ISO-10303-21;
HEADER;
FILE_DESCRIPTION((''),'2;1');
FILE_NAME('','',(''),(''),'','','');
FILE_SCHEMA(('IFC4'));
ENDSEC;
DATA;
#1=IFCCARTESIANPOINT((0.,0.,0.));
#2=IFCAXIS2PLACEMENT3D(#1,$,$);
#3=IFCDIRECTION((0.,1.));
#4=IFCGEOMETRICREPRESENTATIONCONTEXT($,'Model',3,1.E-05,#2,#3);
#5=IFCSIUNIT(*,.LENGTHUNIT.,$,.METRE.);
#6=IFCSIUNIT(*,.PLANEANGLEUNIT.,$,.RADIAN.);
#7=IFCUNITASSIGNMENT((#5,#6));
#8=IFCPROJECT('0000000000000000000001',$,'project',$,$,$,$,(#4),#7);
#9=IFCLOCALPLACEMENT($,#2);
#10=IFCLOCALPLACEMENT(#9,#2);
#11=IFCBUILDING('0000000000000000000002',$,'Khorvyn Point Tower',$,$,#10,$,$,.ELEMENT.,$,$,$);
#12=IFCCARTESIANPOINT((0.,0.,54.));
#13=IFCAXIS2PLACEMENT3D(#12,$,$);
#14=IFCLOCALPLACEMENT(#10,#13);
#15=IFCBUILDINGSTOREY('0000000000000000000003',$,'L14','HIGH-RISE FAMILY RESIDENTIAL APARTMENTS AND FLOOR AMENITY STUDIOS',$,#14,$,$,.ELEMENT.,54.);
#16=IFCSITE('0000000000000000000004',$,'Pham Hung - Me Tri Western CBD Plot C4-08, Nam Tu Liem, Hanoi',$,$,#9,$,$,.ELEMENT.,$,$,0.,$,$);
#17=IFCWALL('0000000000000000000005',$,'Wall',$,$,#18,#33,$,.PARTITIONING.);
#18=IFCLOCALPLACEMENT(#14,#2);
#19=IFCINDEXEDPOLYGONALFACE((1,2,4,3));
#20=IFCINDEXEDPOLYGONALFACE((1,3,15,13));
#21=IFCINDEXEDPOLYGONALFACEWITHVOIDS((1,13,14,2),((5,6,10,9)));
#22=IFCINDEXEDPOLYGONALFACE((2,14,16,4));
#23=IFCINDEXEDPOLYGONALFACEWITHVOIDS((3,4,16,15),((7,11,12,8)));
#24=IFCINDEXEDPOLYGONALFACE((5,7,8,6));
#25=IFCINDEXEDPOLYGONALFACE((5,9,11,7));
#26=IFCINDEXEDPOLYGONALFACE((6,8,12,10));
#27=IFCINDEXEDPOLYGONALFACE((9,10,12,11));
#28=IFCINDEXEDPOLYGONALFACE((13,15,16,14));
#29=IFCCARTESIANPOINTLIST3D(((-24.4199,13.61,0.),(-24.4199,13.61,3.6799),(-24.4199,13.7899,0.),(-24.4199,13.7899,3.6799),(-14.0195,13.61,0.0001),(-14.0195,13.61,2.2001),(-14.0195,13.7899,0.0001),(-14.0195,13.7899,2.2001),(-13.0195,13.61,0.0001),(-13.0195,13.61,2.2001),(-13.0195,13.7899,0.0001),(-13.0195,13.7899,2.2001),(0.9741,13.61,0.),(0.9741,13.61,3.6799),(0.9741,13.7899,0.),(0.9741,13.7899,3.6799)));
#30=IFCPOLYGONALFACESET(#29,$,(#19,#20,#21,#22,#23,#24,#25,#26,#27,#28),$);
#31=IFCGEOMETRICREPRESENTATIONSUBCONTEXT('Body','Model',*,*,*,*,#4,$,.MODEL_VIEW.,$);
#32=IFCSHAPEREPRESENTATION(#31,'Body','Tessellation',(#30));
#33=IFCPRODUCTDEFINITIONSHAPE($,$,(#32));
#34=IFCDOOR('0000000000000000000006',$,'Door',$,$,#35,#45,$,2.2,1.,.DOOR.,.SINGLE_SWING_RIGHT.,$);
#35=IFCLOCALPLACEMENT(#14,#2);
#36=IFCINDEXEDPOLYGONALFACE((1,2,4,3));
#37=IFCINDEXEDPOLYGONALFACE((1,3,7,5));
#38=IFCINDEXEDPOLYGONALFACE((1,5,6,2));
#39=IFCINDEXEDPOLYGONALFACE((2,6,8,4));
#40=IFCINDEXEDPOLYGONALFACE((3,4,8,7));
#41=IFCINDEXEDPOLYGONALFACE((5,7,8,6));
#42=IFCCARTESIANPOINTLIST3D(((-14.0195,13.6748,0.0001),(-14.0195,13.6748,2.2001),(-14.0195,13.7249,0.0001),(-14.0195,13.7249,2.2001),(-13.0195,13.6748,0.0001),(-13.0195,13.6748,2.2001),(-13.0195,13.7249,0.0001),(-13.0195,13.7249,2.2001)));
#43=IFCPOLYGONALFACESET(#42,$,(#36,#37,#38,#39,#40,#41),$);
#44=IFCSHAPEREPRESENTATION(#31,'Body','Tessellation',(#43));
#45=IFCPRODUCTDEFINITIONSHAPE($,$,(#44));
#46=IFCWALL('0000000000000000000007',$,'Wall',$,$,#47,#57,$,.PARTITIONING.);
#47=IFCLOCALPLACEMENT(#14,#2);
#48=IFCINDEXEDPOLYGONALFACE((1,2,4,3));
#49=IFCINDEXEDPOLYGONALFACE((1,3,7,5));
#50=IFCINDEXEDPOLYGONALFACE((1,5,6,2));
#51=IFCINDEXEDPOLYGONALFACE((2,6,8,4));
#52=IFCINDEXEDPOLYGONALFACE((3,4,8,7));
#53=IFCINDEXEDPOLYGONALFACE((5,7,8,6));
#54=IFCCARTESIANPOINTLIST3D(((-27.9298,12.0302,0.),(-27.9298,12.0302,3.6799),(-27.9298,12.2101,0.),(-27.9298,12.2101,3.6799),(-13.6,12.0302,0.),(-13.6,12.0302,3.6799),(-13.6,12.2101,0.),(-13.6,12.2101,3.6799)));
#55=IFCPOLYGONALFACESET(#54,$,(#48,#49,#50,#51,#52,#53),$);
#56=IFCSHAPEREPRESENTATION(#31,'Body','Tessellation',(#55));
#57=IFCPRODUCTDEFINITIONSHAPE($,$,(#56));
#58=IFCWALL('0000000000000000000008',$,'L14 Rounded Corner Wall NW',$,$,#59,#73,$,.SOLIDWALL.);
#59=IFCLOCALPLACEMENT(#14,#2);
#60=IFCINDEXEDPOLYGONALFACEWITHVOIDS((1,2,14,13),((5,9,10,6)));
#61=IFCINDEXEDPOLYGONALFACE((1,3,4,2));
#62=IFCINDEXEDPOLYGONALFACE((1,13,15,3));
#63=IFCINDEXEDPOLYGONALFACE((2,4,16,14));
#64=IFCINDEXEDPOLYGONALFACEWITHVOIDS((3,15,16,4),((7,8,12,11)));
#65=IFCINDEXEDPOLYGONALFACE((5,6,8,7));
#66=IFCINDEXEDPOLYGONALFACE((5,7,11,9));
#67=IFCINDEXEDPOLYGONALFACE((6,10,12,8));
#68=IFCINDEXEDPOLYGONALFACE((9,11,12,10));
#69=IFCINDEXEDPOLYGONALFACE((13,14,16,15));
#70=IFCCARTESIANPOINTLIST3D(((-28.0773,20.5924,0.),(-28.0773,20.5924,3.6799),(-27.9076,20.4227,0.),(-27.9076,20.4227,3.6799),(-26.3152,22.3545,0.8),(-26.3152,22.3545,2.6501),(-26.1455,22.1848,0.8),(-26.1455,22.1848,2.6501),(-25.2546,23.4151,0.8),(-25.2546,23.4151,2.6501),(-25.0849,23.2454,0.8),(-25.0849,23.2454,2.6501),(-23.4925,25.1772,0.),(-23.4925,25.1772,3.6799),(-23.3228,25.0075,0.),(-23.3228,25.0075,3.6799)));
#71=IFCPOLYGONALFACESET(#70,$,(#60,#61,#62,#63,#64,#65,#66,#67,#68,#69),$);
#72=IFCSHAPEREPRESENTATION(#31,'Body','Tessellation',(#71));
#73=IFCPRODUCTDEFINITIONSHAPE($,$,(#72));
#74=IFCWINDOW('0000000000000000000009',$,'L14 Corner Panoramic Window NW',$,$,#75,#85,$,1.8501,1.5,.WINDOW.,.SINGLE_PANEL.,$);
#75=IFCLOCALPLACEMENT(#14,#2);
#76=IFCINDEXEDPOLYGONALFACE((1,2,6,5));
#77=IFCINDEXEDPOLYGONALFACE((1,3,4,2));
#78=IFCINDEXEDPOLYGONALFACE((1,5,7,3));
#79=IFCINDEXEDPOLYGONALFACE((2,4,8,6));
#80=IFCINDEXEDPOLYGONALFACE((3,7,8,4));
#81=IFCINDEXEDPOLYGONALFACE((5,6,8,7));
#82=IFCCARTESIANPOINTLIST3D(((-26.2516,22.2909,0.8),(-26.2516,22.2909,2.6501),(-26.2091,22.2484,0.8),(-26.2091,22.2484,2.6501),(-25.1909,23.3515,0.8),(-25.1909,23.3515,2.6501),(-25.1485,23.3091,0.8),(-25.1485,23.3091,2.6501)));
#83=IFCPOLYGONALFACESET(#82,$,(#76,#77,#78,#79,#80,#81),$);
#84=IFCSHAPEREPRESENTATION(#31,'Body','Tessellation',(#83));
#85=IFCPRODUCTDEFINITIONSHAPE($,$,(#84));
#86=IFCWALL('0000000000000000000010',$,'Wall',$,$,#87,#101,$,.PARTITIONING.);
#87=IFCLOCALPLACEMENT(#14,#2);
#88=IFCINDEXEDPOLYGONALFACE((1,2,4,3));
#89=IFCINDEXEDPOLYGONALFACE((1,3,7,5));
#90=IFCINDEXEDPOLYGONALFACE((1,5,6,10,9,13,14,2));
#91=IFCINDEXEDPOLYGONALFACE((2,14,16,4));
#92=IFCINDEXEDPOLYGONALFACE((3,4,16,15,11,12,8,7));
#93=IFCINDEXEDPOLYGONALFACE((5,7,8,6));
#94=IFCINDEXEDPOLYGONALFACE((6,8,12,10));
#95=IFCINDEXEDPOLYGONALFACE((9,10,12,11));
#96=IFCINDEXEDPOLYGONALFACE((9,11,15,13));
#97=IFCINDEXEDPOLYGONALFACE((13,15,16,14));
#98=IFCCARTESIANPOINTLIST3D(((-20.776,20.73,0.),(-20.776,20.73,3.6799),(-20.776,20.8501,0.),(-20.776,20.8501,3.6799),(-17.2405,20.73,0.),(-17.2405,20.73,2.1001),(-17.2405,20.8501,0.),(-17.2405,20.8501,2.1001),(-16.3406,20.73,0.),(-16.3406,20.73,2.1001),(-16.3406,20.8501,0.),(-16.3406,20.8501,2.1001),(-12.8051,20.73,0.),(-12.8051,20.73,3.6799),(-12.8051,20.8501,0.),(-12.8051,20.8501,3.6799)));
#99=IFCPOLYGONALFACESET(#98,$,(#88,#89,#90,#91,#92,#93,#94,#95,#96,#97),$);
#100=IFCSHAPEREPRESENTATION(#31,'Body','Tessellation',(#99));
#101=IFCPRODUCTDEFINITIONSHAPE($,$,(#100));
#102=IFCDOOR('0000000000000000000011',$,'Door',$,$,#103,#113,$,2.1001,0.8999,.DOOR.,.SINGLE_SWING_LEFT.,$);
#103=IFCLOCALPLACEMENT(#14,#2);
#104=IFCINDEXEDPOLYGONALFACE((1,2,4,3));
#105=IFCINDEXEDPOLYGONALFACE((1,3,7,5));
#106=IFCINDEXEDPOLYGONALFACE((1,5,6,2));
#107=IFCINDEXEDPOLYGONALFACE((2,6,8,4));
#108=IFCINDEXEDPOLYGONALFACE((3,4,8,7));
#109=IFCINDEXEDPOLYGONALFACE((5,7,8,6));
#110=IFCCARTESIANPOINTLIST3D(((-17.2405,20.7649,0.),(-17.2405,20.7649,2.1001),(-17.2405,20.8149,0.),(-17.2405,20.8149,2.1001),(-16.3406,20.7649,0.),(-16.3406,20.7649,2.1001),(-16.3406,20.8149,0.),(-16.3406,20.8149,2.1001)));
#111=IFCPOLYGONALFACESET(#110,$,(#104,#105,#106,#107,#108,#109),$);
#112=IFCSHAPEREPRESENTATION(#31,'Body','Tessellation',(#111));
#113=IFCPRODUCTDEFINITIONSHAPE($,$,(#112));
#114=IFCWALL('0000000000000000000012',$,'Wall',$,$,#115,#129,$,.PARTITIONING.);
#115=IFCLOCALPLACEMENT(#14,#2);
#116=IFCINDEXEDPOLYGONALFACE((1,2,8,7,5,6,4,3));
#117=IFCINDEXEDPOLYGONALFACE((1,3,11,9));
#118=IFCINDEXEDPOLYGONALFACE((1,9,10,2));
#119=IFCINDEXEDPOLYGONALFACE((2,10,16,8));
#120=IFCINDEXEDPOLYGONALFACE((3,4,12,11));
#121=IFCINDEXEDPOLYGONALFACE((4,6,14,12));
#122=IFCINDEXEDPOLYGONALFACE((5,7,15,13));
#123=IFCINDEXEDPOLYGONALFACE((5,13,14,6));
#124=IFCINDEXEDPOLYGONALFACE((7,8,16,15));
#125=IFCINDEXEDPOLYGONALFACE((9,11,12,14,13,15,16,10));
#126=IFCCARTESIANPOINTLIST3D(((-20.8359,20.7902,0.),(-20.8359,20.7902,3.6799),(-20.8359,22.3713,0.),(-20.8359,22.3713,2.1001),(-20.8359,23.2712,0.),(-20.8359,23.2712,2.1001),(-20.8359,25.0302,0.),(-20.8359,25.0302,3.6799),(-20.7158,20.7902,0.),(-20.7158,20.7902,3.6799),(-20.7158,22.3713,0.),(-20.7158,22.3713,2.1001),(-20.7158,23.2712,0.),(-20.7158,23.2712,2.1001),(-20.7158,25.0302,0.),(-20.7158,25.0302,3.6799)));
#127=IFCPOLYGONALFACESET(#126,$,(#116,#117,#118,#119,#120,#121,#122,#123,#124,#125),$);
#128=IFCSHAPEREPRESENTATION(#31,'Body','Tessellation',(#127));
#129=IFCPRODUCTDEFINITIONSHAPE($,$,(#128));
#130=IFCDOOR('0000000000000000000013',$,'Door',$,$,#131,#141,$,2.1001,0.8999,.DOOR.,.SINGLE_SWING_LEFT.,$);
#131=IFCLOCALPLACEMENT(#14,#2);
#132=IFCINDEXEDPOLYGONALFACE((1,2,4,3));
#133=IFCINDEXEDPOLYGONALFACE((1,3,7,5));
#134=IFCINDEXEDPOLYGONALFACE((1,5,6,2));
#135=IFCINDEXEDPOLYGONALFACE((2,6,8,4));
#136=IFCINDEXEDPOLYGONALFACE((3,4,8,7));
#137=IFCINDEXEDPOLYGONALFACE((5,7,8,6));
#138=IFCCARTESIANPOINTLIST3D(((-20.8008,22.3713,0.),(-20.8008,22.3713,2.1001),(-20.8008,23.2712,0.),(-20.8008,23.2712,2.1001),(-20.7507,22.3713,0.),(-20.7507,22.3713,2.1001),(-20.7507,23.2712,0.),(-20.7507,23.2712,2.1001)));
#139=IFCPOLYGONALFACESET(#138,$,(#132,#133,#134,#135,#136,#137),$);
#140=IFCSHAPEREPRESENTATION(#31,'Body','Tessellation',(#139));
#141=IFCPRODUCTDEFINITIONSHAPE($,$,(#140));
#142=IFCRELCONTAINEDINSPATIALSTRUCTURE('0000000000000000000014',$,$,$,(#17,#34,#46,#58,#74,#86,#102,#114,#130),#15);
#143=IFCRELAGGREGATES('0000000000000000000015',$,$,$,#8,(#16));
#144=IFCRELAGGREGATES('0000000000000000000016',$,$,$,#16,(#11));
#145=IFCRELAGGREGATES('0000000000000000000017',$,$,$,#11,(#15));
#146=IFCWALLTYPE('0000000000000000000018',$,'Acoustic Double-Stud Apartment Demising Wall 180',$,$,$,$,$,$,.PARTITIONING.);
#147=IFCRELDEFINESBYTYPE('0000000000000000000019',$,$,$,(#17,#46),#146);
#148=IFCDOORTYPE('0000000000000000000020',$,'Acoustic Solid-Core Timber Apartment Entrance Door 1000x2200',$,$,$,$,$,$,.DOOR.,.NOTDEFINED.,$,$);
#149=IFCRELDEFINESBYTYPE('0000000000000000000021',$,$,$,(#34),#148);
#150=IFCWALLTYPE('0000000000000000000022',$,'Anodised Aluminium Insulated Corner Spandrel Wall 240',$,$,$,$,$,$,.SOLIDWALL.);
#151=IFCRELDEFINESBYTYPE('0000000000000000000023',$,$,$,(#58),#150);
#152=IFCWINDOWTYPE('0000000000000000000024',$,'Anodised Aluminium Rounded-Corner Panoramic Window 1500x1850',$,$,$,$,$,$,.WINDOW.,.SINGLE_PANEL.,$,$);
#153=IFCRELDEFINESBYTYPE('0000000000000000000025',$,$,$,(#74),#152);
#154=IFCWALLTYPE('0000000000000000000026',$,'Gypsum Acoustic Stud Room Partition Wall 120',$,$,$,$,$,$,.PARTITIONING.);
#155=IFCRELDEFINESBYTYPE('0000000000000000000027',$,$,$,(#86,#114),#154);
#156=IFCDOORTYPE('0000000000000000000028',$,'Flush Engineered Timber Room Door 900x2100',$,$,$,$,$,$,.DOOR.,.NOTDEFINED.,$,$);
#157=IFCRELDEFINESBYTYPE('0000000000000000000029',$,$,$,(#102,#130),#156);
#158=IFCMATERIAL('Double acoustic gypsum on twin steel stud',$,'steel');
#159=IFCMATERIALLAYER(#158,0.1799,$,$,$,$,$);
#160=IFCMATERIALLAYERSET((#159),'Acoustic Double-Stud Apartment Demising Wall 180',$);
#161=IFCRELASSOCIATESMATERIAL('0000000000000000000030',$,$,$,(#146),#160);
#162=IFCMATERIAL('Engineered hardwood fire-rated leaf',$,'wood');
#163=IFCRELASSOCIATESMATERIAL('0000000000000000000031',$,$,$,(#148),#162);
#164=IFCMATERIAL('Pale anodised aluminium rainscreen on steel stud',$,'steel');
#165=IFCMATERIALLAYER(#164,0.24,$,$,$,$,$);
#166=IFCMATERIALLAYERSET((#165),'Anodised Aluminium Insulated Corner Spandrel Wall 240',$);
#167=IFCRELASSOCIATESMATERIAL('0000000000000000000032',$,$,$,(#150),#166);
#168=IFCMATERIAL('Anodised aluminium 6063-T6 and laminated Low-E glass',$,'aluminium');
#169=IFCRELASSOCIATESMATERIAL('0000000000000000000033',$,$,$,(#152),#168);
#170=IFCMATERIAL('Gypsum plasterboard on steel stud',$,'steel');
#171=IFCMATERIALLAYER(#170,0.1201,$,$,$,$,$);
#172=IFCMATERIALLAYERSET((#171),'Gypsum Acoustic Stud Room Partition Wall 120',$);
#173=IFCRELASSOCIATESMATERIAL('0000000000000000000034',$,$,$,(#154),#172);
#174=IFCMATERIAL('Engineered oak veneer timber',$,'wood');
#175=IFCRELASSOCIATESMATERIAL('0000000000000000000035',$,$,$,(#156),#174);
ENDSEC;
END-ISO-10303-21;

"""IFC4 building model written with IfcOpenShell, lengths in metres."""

from ifc_helpers import new_model, si_unit, direction, frame, frame_2d, origin, place, context, subcontext, project, spatial, rectangle, extrude, material, layer, layer_set, type_object, element, fill, save


model = new_model("IFC4")

# Units and contexts
model_context = context("Model", 3, precision=1e-05, world=origin(), true_north=direction((0.0, 1.0)))
body_context = subcontext(model_context, "Body", "Model", "MODEL_VIEW")
ifc_project = project(units=[si_unit("LENGTHUNIT", "METRE"), si_unit("PLANEANGLEUNIT", "RADIAN")], contexts=[model_context])

# Site, building, storey
site_placement = place(None, origin())
site = spatial("IfcSite", under=ifc_project, at=site_placement, Name="Pham Hung - Me Tri Western CBD Plot C4-08, Nam Tu Liem, Hanoi", CompositionType="ELEMENT", RefElevation=0.0)
building_placement = place(site_placement, origin())
building = spatial("IfcBuilding", under=site, at=building_placement, Name="Khorvyn Point Tower", CompositionType="ELEMENT")
storey_placement = place(building_placement, frame((0.0, 0.0, 54.0)))
storey = spatial("IfcBuildingStorey", under=building, at=storey_placement, Name="L14", Description="HIGH-RISE FAMILY RESIDENTIAL APARTMENTS AND FLOOR AMENITY STUDIOS", CompositionType="ELEMENT", Elevation=54.0)

# Shared definitions
ifc_material_1 = material(Name="Anodised aluminium 6063-T6 and laminated Low-E glass", Category="aluminium")

# Wall, opening, door
ifc_material_2 = material(Name="Double acoustic gypsum on twin steel stud", Category="steel")
ifc_layer_1 = layer(ifc_material_2, 0.1799)
ifc_layer_set_1 = layer_set([ifc_layer_1], Name="Acoustic Double-Stud Apartment Demising Wall 180")
wall_type_1 = type_object("IfcWallType", Name="Acoustic Double-Stud Apartment Demising Wall 180", PredefinedType="PARTITIONING", material=ifc_layer_set_1)
wall_1_placement = place(storey_placement, frame((-24.4199, 13.7, 0.0), z_axis=(0.0, 0.0, 1.0), x_axis=(1.0, 0.0, 0.0)))
wall_1 = element("IfcWall", 1, at=wall_1_placement, inside=storey, type_object=wall_type_1, Name="Wall", PredefinedType="PARTITIONING", context=body_context, shape_type="SweptSolid", body=[
    extrude(rectangle(XDim=25.394, YDim=0.1799, at=frame_2d((12.697, 0.0))), origin(), (0.0, 0.0, 1.0), 3.6799),
])
opening_1_placement = place(wall_1_placement, frame((10.4004, 0.0, 0.0)))
opening_1 = element("IfcOpeningElement", 2, at=opening_1_placement, cuts=wall_1, PredefinedType="OPENING", context=body_context, shape_type="SweptSolid", body=[
    extrude(rectangle(XDim=1.0, YDim=2.2, at=frame_2d((0.5, 1.1001))), frame((0.0, 0.0999, 0.0), z_axis=(0.0, -1.0, 0.0), x_axis=(1.0, 0.0, 0.0)), (0.0, 0.0, 1.0), 0.2),
])
ifc_material_3 = material(Name="Engineered hardwood fire-rated leaf", Category="wood")
door_type_1 = type_object("IfcDoorType", Name="Acoustic Solid-Core Timber Apartment Entrance Door 1000x2200", OperationType="NOTDEFINED", PredefinedType="DOOR", material=ifc_material_3)
door_1_placement = place(opening_1_placement, origin())
door_1 = element("IfcDoor", 3, at=door_1_placement, inside=storey, type_object=door_type_1, Name="Door", OperationType="SINGLE_SWING_RIGHT", OverallHeight=2.2, OverallWidth=1.0, PredefinedType="DOOR", context=body_context, shape_type="SweptSolid", body=[
    extrude(rectangle(XDim=1.0, YDim=2.2, at=frame_2d((0.5, 1.1001))), frame((0.0, 0.0249, 0.0), z_axis=(0.0, -1.0, 0.0), x_axis=(1.0, 0.0, 0.0)), (0.0, 0.0, 1.0), 0.05),
])
fill(opening_1, door_1)

# Wall
wall_2_placement = place(storey_placement, frame((-27.9299, 12.1201, 0.0), z_axis=(0.0, 0.0, 1.0), x_axis=(1.0, 0.0, 0.0)))
element("IfcWall", 4, at=wall_2_placement, inside=storey, type_object=wall_type_1, Name="Wall", PredefinedType="PARTITIONING", context=body_context, shape_type="SweptSolid", body=[
    extrude(rectangle(XDim=14.3298, YDim=0.1799, at=frame_2d((7.165, 0.0))), origin(), (0.0, 0.0, 1.0), 3.6799),
])

# Wall, opening, window
ifc_material_4 = material(Name="Pale anodised aluminium rainscreen on steel stud", Category="steel")
ifc_layer_2 = layer(ifc_material_4, 0.24)
ifc_layer_set_2 = layer_set([ifc_layer_2], Name="Anodised Aluminium Insulated Corner Spandrel Wall 240")
wall_type_2 = type_object("IfcWallType", Name="Anodised Aluminium Insulated Corner Spandrel Wall 240", PredefinedType="SOLIDWALL", material=ifc_layer_set_2)
wall_3_placement = place(storey_placement, frame((-27.9924, 20.5076, 0.0), z_axis=(0.0, 0.0, 1.0), x_axis=(0.707107, 0.707107, 0.0)))
wall_3 = element("IfcWall", 5, at=wall_3_placement, inside=storey, type_object=wall_type_2, Name="L14 Rounded Corner Wall NW", PredefinedType="SOLIDWALL", context=body_context, shape_type="SweptSolid", body=[
    extrude(rectangle(XDim=6.4839, YDim=0.24, at=frame_2d((3.2419, 0.0))), origin(), (0.0, 0.0, 1.0), 3.6799),
])
opening_2_placement = place(wall_3_placement, frame((2.4919, 0.0, 0.8)))
opening_2 = element("IfcOpeningElement", 6, at=opening_2_placement, cuts=wall_3, PredefinedType="OPENING", context=body_context, shape_type="SweptSolid", body=[
    extrude(rectangle(XDim=1.5, YDim=1.8501, at=frame_2d((0.75, 0.925))), frame((0.0, 0.1299, 0.0), z_axis=(0.0, -1.0, 0.0), x_axis=(1.0, 0.0, 0.0)), (0.0, 0.0, 1.0), 0.26),
])
window_type = type_object("IfcWindowType", Name="Anodised Aluminium Rounded-Corner Panoramic Window 1500x1850", PartitioningType="SINGLE_PANEL", PredefinedType="WINDOW", material=ifc_material_1)
window_placement = place(opening_2_placement, origin())
window = element("IfcWindow", 7, at=window_placement, inside=storey, type_object=window_type, Name="L14 Corner Panoramic Window NW", OverallHeight=1.8501, OverallWidth=1.5, PartitioningType="SINGLE_PANEL", PredefinedType="WINDOW", context=body_context, shape_type="SweptSolid", body=[
    extrude(rectangle(XDim=1.5, YDim=1.8501, at=frame_2d((0.75, 0.925))), frame((0.0, 0.03, 0.0), z_axis=(0.0, -1.0, 0.0), x_axis=(1.0, 0.0, 0.0)), (0.0, 0.0, 1.0), 0.0601),
])
fill(opening_2, window)

# Walls, openings, doors
ifc_material_5 = material(Name="Gypsum plasterboard on steel stud", Category="steel")
ifc_layer_3 = layer(ifc_material_5, 0.1201)
ifc_layer_set_3 = layer_set([ifc_layer_3], Name="Gypsum Acoustic Stud Room Partition Wall 120")
wall_type_3 = type_object("IfcWallType", Name="Gypsum Acoustic Stud Room Partition Wall 120", PredefinedType="PARTITIONING", material=ifc_layer_set_3)
wall_4_placement = place(storey_placement, frame((-20.7759, 20.79, 0.0), z_axis=(0.0, 0.0, 1.0), x_axis=(1.0, 0.0, 0.0)))
wall_4 = element("IfcWall", 8, at=wall_4_placement, inside=storey, type_object=wall_type_3, Name="Wall", PredefinedType="PARTITIONING", context=body_context, shape_type="SweptSolid", body=[
    extrude(rectangle(XDim=7.9709, YDim=0.1201, at=frame_2d((3.9854, 0.0))), origin(), (0.0, 0.0, 1.0), 3.6799),
])
opening_3_placement = place(wall_4_placement, frame((3.5354, 0.0, 0.0)))
opening_3 = element("IfcOpeningElement", 9, at=opening_3_placement, cuts=wall_4, PredefinedType="OPENING", context=body_context, shape_type="SweptSolid", body=[
    extrude(rectangle(XDim=0.8999, YDim=2.1001, at=frame_2d((0.45, 1.05))), frame((0.0, 0.0701, 0.0), z_axis=(0.0, -1.0, 0.0), x_axis=(1.0, 0.0, 0.0)), (0.0, 0.0, 1.0), 0.1401),
])
ifc_material_6 = material(Name="Engineered oak veneer timber", Category="wood")
door_type_2 = type_object("IfcDoorType", Name="Flush Engineered Timber Room Door 900x2100", OperationType="NOTDEFINED", PredefinedType="DOOR", material=ifc_material_6)
door_2_placement = place(opening_3_placement, origin())
door_2 = element("IfcDoor", 10, at=door_2_placement, inside=storey, type_object=door_type_2, Name="Door", OperationType="SINGLE_SWING_LEFT", OverallHeight=2.1001, OverallWidth=0.8999, PredefinedType="DOOR", context=body_context, shape_type="SweptSolid", body=[
    extrude(rectangle(XDim=0.8999, YDim=2.1001, at=frame_2d((0.45, 1.05))), frame((0.0, 0.0249, 0.0), z_axis=(0.0, -1.0, 0.0), x_axis=(1.0, 0.0, 0.0)), (0.0, 0.0, 1.0), 0.05),
])
fill(opening_3, door_2)
wall_5_placement = place(storey_placement, frame((-20.7759, 20.79, 0.0), z_axis=(0.0, 0.0, 1.0), x_axis=(0.0, 1.0, 0.0)))
wall_5 = element("IfcWall", 11, at=wall_5_placement, inside=storey, type_object=wall_type_3, Name="Wall", PredefinedType="PARTITIONING", context=body_context, shape_type="SweptSolid", body=[
    extrude(rectangle(XDim=4.24, YDim=0.1201, at=frame_2d((2.1201, 0.0))), origin(), (0.0, 0.0, 1.0), 3.6799),
])
opening_4_placement = place(wall_5_placement, frame((1.5813, 0.0, 0.0)))
opening_4 = element("IfcOpeningElement", 12, at=opening_4_placement, cuts=wall_5, PredefinedType="OPENING", context=body_context, shape_type="SweptSolid", body=[
    extrude(rectangle(XDim=0.8999, YDim=2.1001, at=frame_2d((0.45, 1.05))), frame((0.0, 0.0701, 0.0), z_axis=(0.0, -1.0, 0.0), x_axis=(1.0, 0.0, 0.0)), (0.0, 0.0, 1.0), 0.1401),
])
door_3_placement = place(opening_4_placement, origin())
door_3 = element("IfcDoor", 13, at=door_3_placement, inside=storey, type_object=door_type_2, Name="Door", OperationType="SINGLE_SWING_LEFT", OverallHeight=2.1001, OverallWidth=0.8999, PredefinedType="DOOR", context=body_context, shape_type="SweptSolid", body=[
    extrude(rectangle(XDim=0.8999, YDim=2.1001, at=frame_2d((0.45, 1.05))), frame((0.0, 0.0249, 0.0), z_axis=(0.0, -1.0, 0.0), x_axis=(1.0, 0.0, 0.0)), (0.0, 0.0, 1.0), 0.05),
])
fill(opening_4, door_3)

save(model, "model.ifc")
